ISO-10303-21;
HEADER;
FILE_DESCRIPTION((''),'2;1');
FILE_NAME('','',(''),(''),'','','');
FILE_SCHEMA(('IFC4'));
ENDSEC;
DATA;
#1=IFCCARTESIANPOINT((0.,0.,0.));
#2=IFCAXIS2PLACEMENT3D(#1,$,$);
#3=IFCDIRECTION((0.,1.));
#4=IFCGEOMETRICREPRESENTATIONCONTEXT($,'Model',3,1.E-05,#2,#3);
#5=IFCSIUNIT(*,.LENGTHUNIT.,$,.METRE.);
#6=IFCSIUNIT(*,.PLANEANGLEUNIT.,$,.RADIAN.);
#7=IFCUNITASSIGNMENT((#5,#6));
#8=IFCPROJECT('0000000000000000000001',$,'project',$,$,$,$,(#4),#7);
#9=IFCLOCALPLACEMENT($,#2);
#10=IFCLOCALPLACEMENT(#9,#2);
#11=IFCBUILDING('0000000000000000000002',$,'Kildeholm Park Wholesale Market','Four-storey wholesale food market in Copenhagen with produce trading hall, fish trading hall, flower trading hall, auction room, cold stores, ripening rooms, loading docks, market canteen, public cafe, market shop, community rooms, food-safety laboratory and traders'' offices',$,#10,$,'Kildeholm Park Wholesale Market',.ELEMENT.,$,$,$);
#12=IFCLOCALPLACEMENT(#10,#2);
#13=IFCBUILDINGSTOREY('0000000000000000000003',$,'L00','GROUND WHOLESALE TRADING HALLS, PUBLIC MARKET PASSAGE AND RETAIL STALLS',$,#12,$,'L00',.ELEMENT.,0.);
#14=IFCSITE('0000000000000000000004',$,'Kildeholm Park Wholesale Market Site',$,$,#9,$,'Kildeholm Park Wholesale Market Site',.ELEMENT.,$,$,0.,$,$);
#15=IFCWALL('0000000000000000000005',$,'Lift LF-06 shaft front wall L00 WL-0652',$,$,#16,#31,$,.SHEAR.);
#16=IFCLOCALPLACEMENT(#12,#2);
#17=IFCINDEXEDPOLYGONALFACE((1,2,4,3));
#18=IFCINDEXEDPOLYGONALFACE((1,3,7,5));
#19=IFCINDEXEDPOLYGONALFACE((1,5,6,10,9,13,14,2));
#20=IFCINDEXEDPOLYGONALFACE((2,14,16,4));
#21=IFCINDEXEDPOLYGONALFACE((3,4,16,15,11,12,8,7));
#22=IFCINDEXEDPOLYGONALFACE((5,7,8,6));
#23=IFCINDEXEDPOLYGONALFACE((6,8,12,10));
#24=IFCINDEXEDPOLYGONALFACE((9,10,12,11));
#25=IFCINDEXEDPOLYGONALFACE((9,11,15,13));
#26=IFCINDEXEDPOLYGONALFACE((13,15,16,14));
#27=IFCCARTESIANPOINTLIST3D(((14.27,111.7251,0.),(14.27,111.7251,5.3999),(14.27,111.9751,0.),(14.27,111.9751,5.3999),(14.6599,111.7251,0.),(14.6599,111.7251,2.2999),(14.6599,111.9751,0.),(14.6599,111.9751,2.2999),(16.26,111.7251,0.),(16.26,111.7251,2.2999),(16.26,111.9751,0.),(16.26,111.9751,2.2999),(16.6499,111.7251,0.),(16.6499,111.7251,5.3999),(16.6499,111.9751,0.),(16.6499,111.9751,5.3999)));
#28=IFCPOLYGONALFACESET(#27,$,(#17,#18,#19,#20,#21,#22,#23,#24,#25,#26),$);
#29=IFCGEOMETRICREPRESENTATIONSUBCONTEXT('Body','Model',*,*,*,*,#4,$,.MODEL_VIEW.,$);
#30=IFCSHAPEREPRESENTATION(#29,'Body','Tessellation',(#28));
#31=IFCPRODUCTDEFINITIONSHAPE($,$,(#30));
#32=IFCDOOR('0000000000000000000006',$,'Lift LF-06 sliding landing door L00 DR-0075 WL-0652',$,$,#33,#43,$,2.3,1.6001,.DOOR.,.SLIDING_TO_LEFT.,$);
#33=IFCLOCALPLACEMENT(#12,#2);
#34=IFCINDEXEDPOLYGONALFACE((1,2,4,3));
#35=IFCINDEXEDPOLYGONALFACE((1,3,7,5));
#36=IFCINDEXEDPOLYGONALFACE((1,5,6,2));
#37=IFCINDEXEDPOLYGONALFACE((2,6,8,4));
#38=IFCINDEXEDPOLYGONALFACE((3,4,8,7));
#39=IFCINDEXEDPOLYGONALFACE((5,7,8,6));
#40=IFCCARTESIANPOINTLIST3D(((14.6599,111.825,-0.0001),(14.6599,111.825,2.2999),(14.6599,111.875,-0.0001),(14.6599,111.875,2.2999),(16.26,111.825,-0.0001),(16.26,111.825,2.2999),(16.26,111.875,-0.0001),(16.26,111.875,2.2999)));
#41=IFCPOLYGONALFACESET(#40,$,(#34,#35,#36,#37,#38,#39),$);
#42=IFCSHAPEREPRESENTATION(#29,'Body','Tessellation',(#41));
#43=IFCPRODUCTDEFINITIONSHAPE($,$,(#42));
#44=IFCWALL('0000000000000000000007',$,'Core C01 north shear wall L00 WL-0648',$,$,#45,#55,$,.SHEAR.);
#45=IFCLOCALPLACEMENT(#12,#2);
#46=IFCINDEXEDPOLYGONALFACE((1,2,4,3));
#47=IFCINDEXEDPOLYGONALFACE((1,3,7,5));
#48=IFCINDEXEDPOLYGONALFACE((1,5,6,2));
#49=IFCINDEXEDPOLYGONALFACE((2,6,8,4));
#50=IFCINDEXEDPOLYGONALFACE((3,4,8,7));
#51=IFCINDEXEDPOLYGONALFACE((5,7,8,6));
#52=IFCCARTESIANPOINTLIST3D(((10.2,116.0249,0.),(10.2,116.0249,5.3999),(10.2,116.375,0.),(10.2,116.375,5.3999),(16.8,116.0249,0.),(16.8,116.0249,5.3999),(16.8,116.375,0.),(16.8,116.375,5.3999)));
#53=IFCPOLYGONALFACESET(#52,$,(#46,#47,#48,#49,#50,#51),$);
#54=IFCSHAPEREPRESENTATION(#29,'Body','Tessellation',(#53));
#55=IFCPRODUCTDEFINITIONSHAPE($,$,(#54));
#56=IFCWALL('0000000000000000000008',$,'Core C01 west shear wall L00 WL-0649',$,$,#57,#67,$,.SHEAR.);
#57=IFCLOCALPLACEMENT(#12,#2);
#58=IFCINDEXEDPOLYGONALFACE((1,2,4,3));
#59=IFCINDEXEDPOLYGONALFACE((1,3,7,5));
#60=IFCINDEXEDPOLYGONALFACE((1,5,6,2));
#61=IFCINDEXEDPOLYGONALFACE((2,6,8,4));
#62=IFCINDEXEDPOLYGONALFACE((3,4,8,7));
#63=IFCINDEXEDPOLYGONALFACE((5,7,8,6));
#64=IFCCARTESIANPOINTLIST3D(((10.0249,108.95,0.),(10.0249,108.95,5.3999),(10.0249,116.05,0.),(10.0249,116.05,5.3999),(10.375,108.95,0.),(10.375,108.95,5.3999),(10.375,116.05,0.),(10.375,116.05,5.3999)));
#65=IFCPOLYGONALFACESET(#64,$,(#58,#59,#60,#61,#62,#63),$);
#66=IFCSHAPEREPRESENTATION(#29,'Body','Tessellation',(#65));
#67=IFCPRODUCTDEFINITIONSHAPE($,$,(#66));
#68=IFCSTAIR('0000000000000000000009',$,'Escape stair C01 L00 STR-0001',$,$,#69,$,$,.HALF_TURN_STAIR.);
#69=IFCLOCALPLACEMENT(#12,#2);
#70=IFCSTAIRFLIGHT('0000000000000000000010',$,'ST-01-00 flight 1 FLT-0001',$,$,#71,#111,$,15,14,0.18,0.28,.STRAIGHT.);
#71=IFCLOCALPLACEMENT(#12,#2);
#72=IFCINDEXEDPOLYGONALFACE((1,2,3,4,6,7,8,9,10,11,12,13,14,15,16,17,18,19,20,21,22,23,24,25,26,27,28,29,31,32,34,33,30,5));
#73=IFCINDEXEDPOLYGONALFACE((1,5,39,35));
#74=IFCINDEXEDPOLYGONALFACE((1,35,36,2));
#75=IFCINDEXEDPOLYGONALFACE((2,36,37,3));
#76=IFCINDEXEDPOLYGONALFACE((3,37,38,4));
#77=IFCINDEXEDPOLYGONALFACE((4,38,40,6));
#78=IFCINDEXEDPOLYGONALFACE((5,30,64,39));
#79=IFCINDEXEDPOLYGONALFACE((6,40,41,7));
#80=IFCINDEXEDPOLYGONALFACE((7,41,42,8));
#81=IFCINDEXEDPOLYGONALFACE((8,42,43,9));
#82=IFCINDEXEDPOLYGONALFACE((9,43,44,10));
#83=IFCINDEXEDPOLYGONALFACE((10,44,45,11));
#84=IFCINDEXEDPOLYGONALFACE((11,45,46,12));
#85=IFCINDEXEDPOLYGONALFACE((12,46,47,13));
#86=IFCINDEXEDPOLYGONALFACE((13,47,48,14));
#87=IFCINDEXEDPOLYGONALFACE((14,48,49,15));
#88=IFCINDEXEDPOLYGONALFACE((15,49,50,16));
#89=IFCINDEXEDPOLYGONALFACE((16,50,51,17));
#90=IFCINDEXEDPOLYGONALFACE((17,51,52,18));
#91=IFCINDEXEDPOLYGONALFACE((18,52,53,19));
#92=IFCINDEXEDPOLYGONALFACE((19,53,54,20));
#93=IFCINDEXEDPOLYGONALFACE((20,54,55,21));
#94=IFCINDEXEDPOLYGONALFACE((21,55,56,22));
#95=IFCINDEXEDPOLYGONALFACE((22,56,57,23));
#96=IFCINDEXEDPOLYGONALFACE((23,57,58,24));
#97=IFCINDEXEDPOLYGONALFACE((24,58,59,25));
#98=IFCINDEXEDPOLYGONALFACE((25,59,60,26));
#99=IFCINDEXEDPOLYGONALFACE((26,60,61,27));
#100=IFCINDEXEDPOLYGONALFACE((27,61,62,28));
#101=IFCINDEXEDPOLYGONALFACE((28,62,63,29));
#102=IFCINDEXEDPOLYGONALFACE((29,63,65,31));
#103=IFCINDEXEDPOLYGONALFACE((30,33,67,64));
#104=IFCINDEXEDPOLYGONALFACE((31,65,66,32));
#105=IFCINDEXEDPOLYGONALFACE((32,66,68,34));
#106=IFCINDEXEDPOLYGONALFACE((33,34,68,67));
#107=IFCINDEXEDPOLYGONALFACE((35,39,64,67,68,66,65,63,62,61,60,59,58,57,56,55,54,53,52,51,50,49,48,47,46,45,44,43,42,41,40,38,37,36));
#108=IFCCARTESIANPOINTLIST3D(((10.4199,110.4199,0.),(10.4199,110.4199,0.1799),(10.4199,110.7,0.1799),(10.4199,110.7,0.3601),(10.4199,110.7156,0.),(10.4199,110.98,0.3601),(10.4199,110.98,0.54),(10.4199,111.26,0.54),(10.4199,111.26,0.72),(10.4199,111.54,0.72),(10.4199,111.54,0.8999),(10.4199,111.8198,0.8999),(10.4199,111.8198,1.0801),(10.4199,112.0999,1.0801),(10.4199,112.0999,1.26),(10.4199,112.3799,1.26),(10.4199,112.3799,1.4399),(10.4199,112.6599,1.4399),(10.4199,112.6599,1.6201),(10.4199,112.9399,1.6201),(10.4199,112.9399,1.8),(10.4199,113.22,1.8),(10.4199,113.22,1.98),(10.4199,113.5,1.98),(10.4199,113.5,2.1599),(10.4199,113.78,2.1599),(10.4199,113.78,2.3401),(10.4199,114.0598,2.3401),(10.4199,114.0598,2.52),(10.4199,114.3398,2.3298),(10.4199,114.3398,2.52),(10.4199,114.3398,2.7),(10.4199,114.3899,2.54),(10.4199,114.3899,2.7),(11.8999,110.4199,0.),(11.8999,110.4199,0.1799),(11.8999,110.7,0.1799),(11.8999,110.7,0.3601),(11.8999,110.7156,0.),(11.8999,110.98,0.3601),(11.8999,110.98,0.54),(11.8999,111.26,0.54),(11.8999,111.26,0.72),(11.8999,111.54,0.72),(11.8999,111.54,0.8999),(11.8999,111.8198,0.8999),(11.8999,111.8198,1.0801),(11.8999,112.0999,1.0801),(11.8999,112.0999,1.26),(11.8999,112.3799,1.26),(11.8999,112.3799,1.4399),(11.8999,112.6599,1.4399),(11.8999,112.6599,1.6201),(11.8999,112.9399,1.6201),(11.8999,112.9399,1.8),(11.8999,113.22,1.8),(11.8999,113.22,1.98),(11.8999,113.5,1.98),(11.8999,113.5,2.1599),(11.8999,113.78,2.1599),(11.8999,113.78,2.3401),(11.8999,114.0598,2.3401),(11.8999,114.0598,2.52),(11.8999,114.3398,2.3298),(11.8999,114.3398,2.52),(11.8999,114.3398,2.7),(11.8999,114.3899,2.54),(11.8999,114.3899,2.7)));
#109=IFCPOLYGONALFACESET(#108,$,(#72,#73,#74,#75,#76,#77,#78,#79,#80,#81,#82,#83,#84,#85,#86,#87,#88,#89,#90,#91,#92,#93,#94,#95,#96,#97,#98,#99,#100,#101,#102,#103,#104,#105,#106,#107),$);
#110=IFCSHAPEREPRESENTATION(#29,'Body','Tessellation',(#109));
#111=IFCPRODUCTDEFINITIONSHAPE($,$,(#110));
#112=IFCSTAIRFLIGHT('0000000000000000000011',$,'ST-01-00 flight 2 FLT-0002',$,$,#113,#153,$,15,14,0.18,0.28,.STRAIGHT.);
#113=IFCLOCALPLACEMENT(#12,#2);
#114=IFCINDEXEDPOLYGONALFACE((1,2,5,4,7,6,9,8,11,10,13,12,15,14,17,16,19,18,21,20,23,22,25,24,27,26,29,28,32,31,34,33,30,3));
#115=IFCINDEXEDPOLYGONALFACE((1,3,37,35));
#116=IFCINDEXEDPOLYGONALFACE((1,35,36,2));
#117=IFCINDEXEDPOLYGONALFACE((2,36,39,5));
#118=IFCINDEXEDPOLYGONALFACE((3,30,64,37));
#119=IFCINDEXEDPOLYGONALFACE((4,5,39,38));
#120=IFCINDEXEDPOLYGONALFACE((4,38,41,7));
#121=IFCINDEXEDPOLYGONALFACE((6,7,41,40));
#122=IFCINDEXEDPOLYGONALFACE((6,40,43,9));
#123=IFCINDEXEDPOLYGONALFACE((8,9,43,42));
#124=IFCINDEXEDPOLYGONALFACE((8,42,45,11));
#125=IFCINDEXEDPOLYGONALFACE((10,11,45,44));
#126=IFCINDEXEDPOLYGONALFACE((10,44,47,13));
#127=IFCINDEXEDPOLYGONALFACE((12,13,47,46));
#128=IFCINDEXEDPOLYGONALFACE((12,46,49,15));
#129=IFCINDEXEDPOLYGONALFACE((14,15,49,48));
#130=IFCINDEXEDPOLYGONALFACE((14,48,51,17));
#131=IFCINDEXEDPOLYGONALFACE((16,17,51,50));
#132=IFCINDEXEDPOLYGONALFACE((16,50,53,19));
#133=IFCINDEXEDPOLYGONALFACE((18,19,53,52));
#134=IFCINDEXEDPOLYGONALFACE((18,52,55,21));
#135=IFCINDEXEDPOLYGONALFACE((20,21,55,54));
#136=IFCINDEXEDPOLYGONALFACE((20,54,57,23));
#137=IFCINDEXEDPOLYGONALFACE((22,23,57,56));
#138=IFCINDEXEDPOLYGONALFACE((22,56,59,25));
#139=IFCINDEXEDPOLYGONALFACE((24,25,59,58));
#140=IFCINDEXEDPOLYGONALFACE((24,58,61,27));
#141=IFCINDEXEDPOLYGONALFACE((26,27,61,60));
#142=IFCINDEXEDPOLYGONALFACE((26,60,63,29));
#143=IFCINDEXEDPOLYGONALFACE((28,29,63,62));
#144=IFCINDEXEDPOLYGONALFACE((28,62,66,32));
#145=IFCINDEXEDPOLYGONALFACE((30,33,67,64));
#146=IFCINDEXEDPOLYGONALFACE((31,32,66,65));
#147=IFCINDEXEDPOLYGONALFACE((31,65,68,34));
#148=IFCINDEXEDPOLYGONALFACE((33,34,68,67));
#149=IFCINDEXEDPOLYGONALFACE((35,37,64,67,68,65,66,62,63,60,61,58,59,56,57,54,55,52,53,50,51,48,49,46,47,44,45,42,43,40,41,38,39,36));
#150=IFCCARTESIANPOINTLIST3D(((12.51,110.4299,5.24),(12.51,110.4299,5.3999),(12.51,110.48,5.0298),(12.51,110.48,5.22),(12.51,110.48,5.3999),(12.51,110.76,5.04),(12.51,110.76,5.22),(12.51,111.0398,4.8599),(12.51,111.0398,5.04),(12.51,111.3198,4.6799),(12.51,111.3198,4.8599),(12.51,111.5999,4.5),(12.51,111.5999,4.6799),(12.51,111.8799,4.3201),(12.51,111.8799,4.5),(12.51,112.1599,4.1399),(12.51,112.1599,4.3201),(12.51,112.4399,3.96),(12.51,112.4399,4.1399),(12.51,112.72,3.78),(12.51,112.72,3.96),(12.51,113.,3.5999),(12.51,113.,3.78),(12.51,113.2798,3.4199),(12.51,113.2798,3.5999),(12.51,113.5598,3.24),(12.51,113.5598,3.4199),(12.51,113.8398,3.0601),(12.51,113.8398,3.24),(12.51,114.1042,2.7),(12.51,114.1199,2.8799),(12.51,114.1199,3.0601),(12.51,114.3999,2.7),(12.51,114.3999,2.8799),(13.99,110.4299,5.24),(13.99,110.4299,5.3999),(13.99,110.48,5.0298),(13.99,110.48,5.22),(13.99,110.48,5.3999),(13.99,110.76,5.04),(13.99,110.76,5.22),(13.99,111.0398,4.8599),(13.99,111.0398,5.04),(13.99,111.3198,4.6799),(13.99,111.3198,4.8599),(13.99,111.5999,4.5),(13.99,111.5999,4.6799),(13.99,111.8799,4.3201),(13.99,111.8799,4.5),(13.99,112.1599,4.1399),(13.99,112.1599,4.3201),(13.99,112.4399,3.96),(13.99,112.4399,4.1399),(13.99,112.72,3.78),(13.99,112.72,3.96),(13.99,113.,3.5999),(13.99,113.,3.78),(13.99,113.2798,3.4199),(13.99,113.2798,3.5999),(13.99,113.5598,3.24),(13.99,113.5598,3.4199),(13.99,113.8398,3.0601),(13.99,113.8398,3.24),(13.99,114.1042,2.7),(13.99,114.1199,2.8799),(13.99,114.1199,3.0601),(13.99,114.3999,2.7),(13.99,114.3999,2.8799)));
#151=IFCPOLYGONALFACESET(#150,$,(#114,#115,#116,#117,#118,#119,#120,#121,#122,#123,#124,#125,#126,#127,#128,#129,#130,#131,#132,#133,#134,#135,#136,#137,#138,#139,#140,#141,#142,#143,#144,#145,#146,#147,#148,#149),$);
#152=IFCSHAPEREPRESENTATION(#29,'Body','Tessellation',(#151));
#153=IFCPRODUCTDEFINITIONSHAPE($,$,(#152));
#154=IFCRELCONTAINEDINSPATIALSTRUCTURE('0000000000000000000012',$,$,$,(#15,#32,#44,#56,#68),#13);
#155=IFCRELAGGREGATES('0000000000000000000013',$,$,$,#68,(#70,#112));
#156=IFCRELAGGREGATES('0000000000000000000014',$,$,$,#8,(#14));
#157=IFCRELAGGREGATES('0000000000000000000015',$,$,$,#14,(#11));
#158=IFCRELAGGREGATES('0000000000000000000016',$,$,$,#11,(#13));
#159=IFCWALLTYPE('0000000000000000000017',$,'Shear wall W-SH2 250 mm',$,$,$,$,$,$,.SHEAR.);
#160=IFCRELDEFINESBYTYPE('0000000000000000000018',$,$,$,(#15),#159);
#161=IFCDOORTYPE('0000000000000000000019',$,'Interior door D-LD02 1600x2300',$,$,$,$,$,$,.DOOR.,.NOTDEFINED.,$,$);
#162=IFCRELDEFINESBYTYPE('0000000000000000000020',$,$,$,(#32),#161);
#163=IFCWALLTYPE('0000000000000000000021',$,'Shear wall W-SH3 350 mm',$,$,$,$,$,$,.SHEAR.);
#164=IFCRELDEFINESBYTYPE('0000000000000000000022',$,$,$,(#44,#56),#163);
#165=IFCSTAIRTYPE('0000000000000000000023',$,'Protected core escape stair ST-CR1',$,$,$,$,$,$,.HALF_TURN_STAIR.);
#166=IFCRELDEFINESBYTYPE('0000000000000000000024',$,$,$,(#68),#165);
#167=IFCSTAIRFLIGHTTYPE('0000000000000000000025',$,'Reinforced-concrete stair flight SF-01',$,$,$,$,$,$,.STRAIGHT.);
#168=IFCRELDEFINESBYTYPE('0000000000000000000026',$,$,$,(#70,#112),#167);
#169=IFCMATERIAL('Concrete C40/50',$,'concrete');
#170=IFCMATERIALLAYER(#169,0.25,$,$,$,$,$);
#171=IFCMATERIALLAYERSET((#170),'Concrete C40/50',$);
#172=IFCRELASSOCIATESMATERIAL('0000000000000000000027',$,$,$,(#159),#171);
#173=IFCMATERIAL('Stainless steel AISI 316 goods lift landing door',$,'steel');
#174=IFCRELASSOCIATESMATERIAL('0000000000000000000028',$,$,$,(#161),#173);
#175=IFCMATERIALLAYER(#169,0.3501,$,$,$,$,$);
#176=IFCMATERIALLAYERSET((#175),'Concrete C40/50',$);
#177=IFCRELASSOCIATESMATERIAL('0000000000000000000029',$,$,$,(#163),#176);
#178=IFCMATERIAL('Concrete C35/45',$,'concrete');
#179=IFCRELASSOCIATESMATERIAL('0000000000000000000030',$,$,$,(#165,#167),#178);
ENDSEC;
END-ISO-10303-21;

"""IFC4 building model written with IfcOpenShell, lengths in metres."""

from ifc_helpers import new_model, si_unit, direction, frame, frame_2d, origin, place, context, subcontext, project, spatial, polyline, rectangle, outline, extrude, material, layer, layer_set, type_object, element, fill, aggregate, save


model = new_model("IFC4")

# Units and contexts
model_context = context("Model", 3, precision=1e-05, world=origin(), true_north=direction((0.0, 1.0)))
body_context = subcontext(model_context, "Body", "Model", "MODEL_VIEW")
ifc_project = project(units=[si_unit("LENGTHUNIT", "METRE"), si_unit("PLANEANGLEUNIT", "RADIAN")], contexts=[model_context])

# Site, building, storey
site_placement = place(None, origin())
site = spatial("IfcSite", under=ifc_project, at=site_placement, Name="Kildeholm Park Wholesale Market Site", LongName="Kildeholm Park Wholesale Market Site", CompositionType="ELEMENT", RefElevation=0.0)
building_placement = place(site_placement, origin())
building = spatial("IfcBuilding", under=site, at=building_placement, Name="Kildeholm Park Wholesale Market", Description="Four-storey wholesale food market in Copenhagen with produce trading hall, fish trading hall, flower trading hall, auction room, cold stores, ripening rooms, loading docks, market canteen, public cafe, market shop, community rooms, food-safety laboratory and traders' offices", LongName="Kildeholm Park Wholesale Market", CompositionType="ELEMENT")
storey_placement = place(building_placement, origin())
storey = spatial("IfcBuildingStorey", under=building, at=storey_placement, Name="L00", Description="GROUND WHOLESALE TRADING HALLS, PUBLIC MARKET PASSAGE AND RETAIL STALLS", LongName="L00", CompositionType="ELEMENT", Elevation=0.0)

# Shared definitions
ifc_material_1 = material(Name="Concrete C35/45", Category="concrete")

# Shared definitions
ifc_material_2 = material(Name="Concrete C40/50", Category="concrete")

# Wall, opening, door
ifc_layer_1 = layer(ifc_material_2, 0.25)
ifc_layer_set_1 = layer_set([ifc_layer_1], Name="Concrete C40/50")
wall_type_1 = type_object("IfcWallType", Name="Shear wall W-SH2 250 mm", PredefinedType="SHEAR", material=ifc_layer_set_1)
wall_1_placement = place(storey_placement, frame((14.27, 111.8501, 0.0), z_axis=(0.0, 0.0, 1.0), x_axis=(1.0, 0.0, 0.0)))
wall_1 = element("IfcWall", 1, at=wall_1_placement, inside=storey, type_object=wall_type_1, Name="Lift LF-06 shaft front wall L00 WL-0652", PredefinedType="SHEAR", context=body_context, shape_type="SweptSolid", body=[
    extrude(rectangle(XDim=2.3799, YDim=0.25, at=frame_2d((1.1899, 0.0))), origin(), (0.0, 0.0, 1.0), 5.3999),
])
opening_1_placement = place(wall_1_placement, frame((0.3899, 0.0, 0.0)))
opening_1 = element("IfcOpeningElement", 2, at=opening_1_placement, cuts=wall_1, PredefinedType="OPENING", context=body_context, shape_type="SweptSolid", body=[
    extrude(rectangle(XDim=1.6001, YDim=2.3, at=frame_2d((0.8, 1.1499))), frame((0.0, 0.135, 0.0), z_axis=(0.0, -1.0, 0.0), x_axis=(1.0, 0.0, 0.0)), (0.0, 0.0, 1.0), 0.27),
])
ifc_material_3 = material(Name="Stainless steel AISI 316 goods lift landing door", Category="steel")
door_type_1 = type_object("IfcDoorType", Name="Interior door D-LD02 1600x2300", OperationType="NOTDEFINED", PredefinedType="DOOR", material=ifc_material_3)
door_1_placement = place(opening_1_placement, origin())
door_1 = element("IfcDoor", 3, at=door_1_placement, inside=storey, type_object=door_type_1, Name="Lift LF-06 sliding landing door L00 DR-0075 WL-0652", OperationType="SLIDING_TO_LEFT", OverallHeight=2.3, OverallWidth=1.6001, PredefinedType="DOOR", context=body_context, shape_type="SweptSolid", body=[
    extrude(rectangle(XDim=1.6001, YDim=2.3, at=frame_2d((0.8, 1.1499))), frame((0.0, 0.0249, 0.0), z_axis=(0.0, -1.0, 0.0), x_axis=(1.0, 0.0, 0.0)), (0.0, 0.0, 1.0), 0.05),
])
fill(opening_1, door_1)
ifc_layer_2 = layer(ifc_material_2, 0.3501)
ifc_layer_set_2 = layer_set([ifc_layer_2], Name="Concrete C40/50")
wall_type_2 = type_object("IfcWallType", Name="Shear wall W-SH3 350 mm", PredefinedType="SHEAR", material=ifc_layer_set_2)

# Walls
wall_2_placement = place(storey_placement, frame((10.2, 116.2, 0.0), z_axis=(0.0, 0.0, 1.0), x_axis=(1.0, 0.0, 0.0)))
element("IfcWall", 4, at=wall_2_placement, inside=storey, type_object=wall_type_2, Name="Core C01 north shear wall L00 WL-0648", PredefinedType="SHEAR", context=body_context, shape_type="SweptSolid", body=[
    extrude(rectangle(XDim=6.6001, YDim=0.3501, at=frame_2d((3.3, 0.0))), origin(), (0.0, 0.0, 1.0), 5.3999),
])
wall_3_placement = place(storey_placement, frame((10.2, 108.95, 0.0), z_axis=(0.0, 0.0, 1.0), x_axis=(0.0, 1.0, 0.0)))
element("IfcWall", 5, at=wall_3_placement, inside=storey, type_object=wall_type_2, Name="Core C01 west shear wall L00 WL-0649", PredefinedType="SHEAR", context=body_context, shape_type="SweptSolid", body=[
    extrude(rectangle(XDim=7.1001, YDim=0.3501, at=frame_2d((3.55, 0.0))), origin(), (0.0, 0.0, 1.0), 5.3999),
])

# Stair, stair flights
stair_type = type_object("IfcStairType", Name="Protected core escape stair ST-CR1", PredefinedType="HALF_TURN_STAIR", material=ifc_material_1)
stair_placement = place(storey_placement, origin())
stair = element("IfcStair", 6, at=stair_placement, inside=storey, type_object=stair_type, Name="Escape stair C01 L00 STR-0001", PredefinedType="HALF_TURN_STAIR")
stair_flight_type = type_object("IfcStairFlightType", Name="Reinforced-concrete stair flight SF-01", PredefinedType="STRAIGHT", material=ifc_material_1)
stair_flight_1_placement = place(storey_placement, frame((11.1599, 110.4199, 0.0), z_axis=(0.0, 0.0, 1.0), x_axis=(0.0, 1.0, 0.0)))
stair_flight_1 = element("IfcStairFlight", 7, at=stair_flight_1_placement, type_object=stair_flight_type, Name="ST-01-00 flight 1 FLT-0001", NumberOfRisers=15, NumberOfTreads=14, PredefinedType="STRAIGHT", RiserHeight=0.18, TreadLength=0.28, context=body_context, shape_type="SweptSolid", body=[
    extrude(outline(polyline([(0.0, 0.0), (0.0, 0.1799), (0.28, 0.1799), (0.28, 0.3601), (0.5601, 0.3601), (0.5601, 0.54), (0.8401, 0.54), (0.8401, 0.72), (1.1201, 0.72), (1.1201, 0.8999), (1.3999, 0.8999), (1.3999, 1.0801), (1.6799, 1.0801), (1.6799, 1.26), (1.96, 1.26), (1.96, 1.4399), (2.24, 1.4399), (2.24, 1.6201), (2.52, 1.6201), (2.52, 1.8), (2.8, 1.8), (2.8, 1.98), (3.0801, 1.98), (3.0801, 2.1599), (3.3601, 2.1599), (3.3601, 2.3401), (3.6399, 2.3401), (3.6399, 2.52), (3.9199, 2.52), (3.9199, 2.7), (3.97, 2.7), (3.97, 2.54), (3.9199, 2.3298), (0.2957, 0.0), (0.0, 0.0)])), frame((0.0, 0.74, 0.0), z_axis=(0.0, -1.0, 0.0), x_axis=(1.0, 0.0, 0.0)), (0.0, 0.0, 1.0), 1.48),
])
stair_flight_2_placement = place(storey_placement, frame((13.25, 114.3999, 2.7), z_axis=(0.0, 0.0, 1.0), x_axis=(0.0, -1.0, 0.0)))
stair_flight_2 = element("IfcStairFlight", 8, at=stair_flight_2_placement, type_object=stair_flight_type, Name="ST-01-00 flight 2 FLT-0002", NumberOfRisers=15, NumberOfTreads=14, PredefinedType="STRAIGHT", RiserHeight=0.18, TreadLength=0.28, context=body_context, shape_type="SweptSolid", body=[
    extrude(outline(polyline([(0.0, 0.0), (0.0, 0.1799), (0.28, 0.1799), (0.28, 0.3601), (0.5601, 0.3601), (0.5601, 0.54), (0.8401, 0.54), (0.8401, 0.72), (1.1201, 0.72), (1.1201, 0.8999), (1.3999, 0.8999), (1.3999, 1.0801), (1.6799, 1.0801), (1.6799, 1.26), (1.96, 1.26), (1.96, 1.4399), (2.24, 1.4399), (2.24, 1.6201), (2.52, 1.6201), (2.52, 1.8), (2.8, 1.8), (2.8, 1.98), (3.0801, 1.98), (3.0801, 2.1599), (3.3601, 2.1599), (3.3601, 2.3401), (3.6399, 2.3401), (3.6399, 2.52), (3.9199, 2.52), (3.9199, 2.7), (3.97, 2.7), (3.97, 2.54), (3.9199, 2.3298), (0.2957, 0.0), (0.0, 0.0)])), frame((0.0, 0.74, 0.0), z_axis=(0.0, -1.0, 0.0), x_axis=(1.0, 0.0, 0.0)), (0.0, 0.0, 1.0), 1.48),
])
aggregate(stair, [stair_flight_1, stair_flight_2])

save(model, "model.ifc")
